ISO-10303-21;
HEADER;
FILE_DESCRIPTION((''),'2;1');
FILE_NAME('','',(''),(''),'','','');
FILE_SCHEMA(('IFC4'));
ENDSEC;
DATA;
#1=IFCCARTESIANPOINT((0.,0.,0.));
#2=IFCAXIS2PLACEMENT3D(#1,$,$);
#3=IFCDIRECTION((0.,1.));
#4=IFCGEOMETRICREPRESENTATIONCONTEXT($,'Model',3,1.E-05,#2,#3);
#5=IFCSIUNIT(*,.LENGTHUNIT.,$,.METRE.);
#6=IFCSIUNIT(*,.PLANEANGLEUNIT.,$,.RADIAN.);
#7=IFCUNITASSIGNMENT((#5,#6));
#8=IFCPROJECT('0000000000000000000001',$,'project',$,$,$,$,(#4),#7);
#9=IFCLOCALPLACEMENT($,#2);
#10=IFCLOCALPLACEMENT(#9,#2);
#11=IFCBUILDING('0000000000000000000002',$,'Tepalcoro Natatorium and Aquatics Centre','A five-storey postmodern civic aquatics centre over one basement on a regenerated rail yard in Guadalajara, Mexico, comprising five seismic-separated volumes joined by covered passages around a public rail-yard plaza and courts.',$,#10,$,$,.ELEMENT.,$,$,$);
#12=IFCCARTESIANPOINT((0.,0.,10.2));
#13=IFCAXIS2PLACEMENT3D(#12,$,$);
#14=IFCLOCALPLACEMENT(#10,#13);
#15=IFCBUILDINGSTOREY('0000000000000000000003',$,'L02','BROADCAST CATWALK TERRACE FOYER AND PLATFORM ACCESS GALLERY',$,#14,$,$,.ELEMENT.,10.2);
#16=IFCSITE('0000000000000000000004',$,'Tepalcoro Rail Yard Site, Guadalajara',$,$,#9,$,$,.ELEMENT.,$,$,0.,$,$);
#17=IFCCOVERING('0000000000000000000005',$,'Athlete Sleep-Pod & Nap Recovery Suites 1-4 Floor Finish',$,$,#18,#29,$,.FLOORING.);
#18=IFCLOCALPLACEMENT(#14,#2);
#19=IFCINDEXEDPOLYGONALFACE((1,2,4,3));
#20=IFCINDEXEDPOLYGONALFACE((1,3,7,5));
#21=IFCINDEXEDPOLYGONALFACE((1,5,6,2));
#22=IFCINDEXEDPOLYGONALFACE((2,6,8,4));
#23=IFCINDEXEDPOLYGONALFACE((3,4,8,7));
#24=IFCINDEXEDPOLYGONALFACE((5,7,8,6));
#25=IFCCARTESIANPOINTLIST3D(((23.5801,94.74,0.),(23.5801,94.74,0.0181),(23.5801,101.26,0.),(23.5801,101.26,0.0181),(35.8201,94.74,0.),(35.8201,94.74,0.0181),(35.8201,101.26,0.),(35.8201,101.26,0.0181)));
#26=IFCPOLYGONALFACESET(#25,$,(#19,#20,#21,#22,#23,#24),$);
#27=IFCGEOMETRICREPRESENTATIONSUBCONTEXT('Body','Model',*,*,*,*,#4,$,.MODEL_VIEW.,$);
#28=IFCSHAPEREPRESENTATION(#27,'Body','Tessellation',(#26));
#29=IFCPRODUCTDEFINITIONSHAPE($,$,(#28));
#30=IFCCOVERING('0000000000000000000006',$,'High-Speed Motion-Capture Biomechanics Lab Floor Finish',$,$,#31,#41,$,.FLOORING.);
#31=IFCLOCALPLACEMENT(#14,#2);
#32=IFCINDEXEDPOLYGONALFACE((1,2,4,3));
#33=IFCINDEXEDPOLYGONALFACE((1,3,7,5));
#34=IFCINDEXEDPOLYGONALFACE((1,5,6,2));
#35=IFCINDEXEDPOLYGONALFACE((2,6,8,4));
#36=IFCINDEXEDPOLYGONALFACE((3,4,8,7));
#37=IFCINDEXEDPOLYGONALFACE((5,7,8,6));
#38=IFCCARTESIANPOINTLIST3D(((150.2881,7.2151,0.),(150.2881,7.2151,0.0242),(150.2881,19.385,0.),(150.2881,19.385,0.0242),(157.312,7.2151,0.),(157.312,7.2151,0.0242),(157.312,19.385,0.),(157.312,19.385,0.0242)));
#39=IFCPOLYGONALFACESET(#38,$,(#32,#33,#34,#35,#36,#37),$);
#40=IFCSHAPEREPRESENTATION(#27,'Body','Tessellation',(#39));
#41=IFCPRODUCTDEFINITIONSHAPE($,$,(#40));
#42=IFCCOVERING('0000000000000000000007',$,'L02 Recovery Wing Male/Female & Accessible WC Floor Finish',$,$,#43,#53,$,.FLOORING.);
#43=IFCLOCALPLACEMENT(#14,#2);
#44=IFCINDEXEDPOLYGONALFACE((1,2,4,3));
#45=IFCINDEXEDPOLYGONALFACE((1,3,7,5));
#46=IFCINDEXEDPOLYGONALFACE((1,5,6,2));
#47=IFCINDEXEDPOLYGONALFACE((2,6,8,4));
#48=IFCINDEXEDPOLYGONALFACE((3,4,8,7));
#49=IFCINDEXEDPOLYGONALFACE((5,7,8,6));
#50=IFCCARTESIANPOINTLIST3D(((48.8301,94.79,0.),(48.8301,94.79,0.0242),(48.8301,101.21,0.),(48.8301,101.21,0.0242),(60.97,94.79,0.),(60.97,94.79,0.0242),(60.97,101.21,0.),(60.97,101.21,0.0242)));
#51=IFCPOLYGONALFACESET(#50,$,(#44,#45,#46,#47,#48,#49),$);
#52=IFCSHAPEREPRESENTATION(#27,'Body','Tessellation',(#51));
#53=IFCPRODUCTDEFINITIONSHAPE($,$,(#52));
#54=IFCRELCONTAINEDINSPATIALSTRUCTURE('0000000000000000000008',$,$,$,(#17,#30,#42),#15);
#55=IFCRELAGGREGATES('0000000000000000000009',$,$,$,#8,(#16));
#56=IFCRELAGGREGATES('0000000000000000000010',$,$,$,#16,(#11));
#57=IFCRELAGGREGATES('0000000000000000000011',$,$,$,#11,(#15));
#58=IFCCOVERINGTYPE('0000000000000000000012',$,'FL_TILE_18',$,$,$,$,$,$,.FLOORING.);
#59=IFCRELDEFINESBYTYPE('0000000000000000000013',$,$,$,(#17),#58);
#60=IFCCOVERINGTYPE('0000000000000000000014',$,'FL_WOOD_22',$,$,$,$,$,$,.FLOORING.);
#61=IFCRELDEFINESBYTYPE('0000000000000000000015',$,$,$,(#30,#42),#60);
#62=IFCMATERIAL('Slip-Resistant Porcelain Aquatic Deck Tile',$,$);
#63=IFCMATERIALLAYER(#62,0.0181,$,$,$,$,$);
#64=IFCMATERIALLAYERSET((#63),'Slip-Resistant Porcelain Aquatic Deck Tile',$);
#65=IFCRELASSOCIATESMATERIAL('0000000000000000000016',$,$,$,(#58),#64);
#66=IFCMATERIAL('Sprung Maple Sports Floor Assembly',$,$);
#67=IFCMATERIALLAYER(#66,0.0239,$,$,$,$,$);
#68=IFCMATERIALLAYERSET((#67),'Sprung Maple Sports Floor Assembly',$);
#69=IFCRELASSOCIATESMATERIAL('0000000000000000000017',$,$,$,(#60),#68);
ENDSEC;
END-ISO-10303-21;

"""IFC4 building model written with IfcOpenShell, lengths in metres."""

from ifc_helpers import new_model, si_unit, direction, frame, origin, place, context, subcontext, project, spatial, polyline, outline, extrude, material, layer, layer_set, type_object, element, save


model = new_model("IFC4")

# Units and contexts
model_context = context("Model", 3, precision=1e-05, world=origin(), true_north=direction((0.0, 1.0)))
body_context = subcontext(model_context, "Body", "Model", "MODEL_VIEW")
ifc_project = project(units=[si_unit("LENGTHUNIT", "METRE"), si_unit("PLANEANGLEUNIT", "RADIAN")], contexts=[model_context])

# Site, building, storey
site_placement = place(None, origin())
site = spatial("IfcSite", under=ifc_project, at=site_placement, Name="Tepalcoro Rail Yard Site, Guadalajara", CompositionType="ELEMENT", RefElevation=0.0)
building_placement = place(site_placement, origin())
building = spatial("IfcBuilding", under=site, at=building_placement, Name="Tepalcoro Natatorium and Aquatics Centre", Description="A five-storey postmodern civic aquatics centre over one basement on a regenerated rail yard in Guadalajara, Mexico, comprising five seismic-separated volumes joined by covered passages around a public rail-yard plaza and courts.", CompositionType="ELEMENT")
storey_placement = place(building_placement, frame((0.0, 0.0, 10.2)))
storey = spatial("IfcBuildingStorey", under=building, at=storey_placement, Name="L02", Description="BROADCAST CATWALK TERRACE FOYER AND PLATFORM ACCESS GALLERY", CompositionType="ELEMENT", Elevation=10.2)

# Coverings
ifc_material_1 = material(Name="Slip-Resistant Porcelain Aquatic Deck Tile")
ifc_layer_1 = layer(ifc_material_1, 0.0181)
ifc_layer_set_1 = layer_set([ifc_layer_1], Name="Slip-Resistant Porcelain Aquatic Deck Tile")
covering_type_1 = type_object("IfcCoveringType", Name="FL_TILE_18", PredefinedType="FLOORING", material=ifc_layer_set_1)
covering_1_placement = place(storey_placement, origin())
element("IfcCovering", 1, at=covering_1_placement, inside=storey, type_object=covering_type_1, Name="Athlete Sleep-Pod & Nap Recovery Suites 1-4 Floor Finish", PredefinedType="FLOORING", context=body_context, shape_type="SweptSolid", body=[
    extrude(outline(polyline([(23.5801, 94.74), (23.5801, 101.26), (35.8201, 101.26), (35.8201, 94.74), (23.5801, 94.74)])), origin(), (0.0, 0.0, 1.0), 0.0181),
])
ifc_material_2 = material(Name="Sprung Maple Sports Floor Assembly")
ifc_layer_2 = layer(ifc_material_2, 0.0239)
ifc_layer_set_2 = layer_set([ifc_layer_2], Name="Sprung Maple Sports Floor Assembly")
covering_type_2 = type_object("IfcCoveringType", Name="FL_WOOD_22", PredefinedType="FLOORING", material=ifc_layer_set_2)
covering_2_placement = place(storey_placement, origin())
element("IfcCovering", 2, at=covering_2_placement, inside=storey, type_object=covering_type_2, Name="High-Speed Motion-Capture Biomechanics Lab Floor Finish", PredefinedType="FLOORING", context=body_context, shape_type="SweptSolid", body=[
    extrude(outline(polyline([(150.2881, 7.2151), (150.2881, 19.385), (157.312, 19.385), (157.312, 7.2151), (150.2881, 7.2151)])), origin(), (0.0, 0.0, 1.0), 0.0242),
])
covering_3_placement = place(storey_placement, origin())
element("IfcCovering", 3, at=covering_3_placement, inside=storey, type_object=covering_type_2, Name="L02 Recovery Wing Male/Female & Accessible WC Floor Finish", PredefinedType="FLOORING", context=body_context, shape_type="SweptSolid", body=[
    extrude(outline(polyline([(48.8301, 94.79), (48.8301, 101.21), (60.97, 101.21), (60.97, 94.79), (48.8301, 94.79)])), origin(), (0.0, 0.0, 1.0), 0.0242),
])

save(model, "model.ifc")
